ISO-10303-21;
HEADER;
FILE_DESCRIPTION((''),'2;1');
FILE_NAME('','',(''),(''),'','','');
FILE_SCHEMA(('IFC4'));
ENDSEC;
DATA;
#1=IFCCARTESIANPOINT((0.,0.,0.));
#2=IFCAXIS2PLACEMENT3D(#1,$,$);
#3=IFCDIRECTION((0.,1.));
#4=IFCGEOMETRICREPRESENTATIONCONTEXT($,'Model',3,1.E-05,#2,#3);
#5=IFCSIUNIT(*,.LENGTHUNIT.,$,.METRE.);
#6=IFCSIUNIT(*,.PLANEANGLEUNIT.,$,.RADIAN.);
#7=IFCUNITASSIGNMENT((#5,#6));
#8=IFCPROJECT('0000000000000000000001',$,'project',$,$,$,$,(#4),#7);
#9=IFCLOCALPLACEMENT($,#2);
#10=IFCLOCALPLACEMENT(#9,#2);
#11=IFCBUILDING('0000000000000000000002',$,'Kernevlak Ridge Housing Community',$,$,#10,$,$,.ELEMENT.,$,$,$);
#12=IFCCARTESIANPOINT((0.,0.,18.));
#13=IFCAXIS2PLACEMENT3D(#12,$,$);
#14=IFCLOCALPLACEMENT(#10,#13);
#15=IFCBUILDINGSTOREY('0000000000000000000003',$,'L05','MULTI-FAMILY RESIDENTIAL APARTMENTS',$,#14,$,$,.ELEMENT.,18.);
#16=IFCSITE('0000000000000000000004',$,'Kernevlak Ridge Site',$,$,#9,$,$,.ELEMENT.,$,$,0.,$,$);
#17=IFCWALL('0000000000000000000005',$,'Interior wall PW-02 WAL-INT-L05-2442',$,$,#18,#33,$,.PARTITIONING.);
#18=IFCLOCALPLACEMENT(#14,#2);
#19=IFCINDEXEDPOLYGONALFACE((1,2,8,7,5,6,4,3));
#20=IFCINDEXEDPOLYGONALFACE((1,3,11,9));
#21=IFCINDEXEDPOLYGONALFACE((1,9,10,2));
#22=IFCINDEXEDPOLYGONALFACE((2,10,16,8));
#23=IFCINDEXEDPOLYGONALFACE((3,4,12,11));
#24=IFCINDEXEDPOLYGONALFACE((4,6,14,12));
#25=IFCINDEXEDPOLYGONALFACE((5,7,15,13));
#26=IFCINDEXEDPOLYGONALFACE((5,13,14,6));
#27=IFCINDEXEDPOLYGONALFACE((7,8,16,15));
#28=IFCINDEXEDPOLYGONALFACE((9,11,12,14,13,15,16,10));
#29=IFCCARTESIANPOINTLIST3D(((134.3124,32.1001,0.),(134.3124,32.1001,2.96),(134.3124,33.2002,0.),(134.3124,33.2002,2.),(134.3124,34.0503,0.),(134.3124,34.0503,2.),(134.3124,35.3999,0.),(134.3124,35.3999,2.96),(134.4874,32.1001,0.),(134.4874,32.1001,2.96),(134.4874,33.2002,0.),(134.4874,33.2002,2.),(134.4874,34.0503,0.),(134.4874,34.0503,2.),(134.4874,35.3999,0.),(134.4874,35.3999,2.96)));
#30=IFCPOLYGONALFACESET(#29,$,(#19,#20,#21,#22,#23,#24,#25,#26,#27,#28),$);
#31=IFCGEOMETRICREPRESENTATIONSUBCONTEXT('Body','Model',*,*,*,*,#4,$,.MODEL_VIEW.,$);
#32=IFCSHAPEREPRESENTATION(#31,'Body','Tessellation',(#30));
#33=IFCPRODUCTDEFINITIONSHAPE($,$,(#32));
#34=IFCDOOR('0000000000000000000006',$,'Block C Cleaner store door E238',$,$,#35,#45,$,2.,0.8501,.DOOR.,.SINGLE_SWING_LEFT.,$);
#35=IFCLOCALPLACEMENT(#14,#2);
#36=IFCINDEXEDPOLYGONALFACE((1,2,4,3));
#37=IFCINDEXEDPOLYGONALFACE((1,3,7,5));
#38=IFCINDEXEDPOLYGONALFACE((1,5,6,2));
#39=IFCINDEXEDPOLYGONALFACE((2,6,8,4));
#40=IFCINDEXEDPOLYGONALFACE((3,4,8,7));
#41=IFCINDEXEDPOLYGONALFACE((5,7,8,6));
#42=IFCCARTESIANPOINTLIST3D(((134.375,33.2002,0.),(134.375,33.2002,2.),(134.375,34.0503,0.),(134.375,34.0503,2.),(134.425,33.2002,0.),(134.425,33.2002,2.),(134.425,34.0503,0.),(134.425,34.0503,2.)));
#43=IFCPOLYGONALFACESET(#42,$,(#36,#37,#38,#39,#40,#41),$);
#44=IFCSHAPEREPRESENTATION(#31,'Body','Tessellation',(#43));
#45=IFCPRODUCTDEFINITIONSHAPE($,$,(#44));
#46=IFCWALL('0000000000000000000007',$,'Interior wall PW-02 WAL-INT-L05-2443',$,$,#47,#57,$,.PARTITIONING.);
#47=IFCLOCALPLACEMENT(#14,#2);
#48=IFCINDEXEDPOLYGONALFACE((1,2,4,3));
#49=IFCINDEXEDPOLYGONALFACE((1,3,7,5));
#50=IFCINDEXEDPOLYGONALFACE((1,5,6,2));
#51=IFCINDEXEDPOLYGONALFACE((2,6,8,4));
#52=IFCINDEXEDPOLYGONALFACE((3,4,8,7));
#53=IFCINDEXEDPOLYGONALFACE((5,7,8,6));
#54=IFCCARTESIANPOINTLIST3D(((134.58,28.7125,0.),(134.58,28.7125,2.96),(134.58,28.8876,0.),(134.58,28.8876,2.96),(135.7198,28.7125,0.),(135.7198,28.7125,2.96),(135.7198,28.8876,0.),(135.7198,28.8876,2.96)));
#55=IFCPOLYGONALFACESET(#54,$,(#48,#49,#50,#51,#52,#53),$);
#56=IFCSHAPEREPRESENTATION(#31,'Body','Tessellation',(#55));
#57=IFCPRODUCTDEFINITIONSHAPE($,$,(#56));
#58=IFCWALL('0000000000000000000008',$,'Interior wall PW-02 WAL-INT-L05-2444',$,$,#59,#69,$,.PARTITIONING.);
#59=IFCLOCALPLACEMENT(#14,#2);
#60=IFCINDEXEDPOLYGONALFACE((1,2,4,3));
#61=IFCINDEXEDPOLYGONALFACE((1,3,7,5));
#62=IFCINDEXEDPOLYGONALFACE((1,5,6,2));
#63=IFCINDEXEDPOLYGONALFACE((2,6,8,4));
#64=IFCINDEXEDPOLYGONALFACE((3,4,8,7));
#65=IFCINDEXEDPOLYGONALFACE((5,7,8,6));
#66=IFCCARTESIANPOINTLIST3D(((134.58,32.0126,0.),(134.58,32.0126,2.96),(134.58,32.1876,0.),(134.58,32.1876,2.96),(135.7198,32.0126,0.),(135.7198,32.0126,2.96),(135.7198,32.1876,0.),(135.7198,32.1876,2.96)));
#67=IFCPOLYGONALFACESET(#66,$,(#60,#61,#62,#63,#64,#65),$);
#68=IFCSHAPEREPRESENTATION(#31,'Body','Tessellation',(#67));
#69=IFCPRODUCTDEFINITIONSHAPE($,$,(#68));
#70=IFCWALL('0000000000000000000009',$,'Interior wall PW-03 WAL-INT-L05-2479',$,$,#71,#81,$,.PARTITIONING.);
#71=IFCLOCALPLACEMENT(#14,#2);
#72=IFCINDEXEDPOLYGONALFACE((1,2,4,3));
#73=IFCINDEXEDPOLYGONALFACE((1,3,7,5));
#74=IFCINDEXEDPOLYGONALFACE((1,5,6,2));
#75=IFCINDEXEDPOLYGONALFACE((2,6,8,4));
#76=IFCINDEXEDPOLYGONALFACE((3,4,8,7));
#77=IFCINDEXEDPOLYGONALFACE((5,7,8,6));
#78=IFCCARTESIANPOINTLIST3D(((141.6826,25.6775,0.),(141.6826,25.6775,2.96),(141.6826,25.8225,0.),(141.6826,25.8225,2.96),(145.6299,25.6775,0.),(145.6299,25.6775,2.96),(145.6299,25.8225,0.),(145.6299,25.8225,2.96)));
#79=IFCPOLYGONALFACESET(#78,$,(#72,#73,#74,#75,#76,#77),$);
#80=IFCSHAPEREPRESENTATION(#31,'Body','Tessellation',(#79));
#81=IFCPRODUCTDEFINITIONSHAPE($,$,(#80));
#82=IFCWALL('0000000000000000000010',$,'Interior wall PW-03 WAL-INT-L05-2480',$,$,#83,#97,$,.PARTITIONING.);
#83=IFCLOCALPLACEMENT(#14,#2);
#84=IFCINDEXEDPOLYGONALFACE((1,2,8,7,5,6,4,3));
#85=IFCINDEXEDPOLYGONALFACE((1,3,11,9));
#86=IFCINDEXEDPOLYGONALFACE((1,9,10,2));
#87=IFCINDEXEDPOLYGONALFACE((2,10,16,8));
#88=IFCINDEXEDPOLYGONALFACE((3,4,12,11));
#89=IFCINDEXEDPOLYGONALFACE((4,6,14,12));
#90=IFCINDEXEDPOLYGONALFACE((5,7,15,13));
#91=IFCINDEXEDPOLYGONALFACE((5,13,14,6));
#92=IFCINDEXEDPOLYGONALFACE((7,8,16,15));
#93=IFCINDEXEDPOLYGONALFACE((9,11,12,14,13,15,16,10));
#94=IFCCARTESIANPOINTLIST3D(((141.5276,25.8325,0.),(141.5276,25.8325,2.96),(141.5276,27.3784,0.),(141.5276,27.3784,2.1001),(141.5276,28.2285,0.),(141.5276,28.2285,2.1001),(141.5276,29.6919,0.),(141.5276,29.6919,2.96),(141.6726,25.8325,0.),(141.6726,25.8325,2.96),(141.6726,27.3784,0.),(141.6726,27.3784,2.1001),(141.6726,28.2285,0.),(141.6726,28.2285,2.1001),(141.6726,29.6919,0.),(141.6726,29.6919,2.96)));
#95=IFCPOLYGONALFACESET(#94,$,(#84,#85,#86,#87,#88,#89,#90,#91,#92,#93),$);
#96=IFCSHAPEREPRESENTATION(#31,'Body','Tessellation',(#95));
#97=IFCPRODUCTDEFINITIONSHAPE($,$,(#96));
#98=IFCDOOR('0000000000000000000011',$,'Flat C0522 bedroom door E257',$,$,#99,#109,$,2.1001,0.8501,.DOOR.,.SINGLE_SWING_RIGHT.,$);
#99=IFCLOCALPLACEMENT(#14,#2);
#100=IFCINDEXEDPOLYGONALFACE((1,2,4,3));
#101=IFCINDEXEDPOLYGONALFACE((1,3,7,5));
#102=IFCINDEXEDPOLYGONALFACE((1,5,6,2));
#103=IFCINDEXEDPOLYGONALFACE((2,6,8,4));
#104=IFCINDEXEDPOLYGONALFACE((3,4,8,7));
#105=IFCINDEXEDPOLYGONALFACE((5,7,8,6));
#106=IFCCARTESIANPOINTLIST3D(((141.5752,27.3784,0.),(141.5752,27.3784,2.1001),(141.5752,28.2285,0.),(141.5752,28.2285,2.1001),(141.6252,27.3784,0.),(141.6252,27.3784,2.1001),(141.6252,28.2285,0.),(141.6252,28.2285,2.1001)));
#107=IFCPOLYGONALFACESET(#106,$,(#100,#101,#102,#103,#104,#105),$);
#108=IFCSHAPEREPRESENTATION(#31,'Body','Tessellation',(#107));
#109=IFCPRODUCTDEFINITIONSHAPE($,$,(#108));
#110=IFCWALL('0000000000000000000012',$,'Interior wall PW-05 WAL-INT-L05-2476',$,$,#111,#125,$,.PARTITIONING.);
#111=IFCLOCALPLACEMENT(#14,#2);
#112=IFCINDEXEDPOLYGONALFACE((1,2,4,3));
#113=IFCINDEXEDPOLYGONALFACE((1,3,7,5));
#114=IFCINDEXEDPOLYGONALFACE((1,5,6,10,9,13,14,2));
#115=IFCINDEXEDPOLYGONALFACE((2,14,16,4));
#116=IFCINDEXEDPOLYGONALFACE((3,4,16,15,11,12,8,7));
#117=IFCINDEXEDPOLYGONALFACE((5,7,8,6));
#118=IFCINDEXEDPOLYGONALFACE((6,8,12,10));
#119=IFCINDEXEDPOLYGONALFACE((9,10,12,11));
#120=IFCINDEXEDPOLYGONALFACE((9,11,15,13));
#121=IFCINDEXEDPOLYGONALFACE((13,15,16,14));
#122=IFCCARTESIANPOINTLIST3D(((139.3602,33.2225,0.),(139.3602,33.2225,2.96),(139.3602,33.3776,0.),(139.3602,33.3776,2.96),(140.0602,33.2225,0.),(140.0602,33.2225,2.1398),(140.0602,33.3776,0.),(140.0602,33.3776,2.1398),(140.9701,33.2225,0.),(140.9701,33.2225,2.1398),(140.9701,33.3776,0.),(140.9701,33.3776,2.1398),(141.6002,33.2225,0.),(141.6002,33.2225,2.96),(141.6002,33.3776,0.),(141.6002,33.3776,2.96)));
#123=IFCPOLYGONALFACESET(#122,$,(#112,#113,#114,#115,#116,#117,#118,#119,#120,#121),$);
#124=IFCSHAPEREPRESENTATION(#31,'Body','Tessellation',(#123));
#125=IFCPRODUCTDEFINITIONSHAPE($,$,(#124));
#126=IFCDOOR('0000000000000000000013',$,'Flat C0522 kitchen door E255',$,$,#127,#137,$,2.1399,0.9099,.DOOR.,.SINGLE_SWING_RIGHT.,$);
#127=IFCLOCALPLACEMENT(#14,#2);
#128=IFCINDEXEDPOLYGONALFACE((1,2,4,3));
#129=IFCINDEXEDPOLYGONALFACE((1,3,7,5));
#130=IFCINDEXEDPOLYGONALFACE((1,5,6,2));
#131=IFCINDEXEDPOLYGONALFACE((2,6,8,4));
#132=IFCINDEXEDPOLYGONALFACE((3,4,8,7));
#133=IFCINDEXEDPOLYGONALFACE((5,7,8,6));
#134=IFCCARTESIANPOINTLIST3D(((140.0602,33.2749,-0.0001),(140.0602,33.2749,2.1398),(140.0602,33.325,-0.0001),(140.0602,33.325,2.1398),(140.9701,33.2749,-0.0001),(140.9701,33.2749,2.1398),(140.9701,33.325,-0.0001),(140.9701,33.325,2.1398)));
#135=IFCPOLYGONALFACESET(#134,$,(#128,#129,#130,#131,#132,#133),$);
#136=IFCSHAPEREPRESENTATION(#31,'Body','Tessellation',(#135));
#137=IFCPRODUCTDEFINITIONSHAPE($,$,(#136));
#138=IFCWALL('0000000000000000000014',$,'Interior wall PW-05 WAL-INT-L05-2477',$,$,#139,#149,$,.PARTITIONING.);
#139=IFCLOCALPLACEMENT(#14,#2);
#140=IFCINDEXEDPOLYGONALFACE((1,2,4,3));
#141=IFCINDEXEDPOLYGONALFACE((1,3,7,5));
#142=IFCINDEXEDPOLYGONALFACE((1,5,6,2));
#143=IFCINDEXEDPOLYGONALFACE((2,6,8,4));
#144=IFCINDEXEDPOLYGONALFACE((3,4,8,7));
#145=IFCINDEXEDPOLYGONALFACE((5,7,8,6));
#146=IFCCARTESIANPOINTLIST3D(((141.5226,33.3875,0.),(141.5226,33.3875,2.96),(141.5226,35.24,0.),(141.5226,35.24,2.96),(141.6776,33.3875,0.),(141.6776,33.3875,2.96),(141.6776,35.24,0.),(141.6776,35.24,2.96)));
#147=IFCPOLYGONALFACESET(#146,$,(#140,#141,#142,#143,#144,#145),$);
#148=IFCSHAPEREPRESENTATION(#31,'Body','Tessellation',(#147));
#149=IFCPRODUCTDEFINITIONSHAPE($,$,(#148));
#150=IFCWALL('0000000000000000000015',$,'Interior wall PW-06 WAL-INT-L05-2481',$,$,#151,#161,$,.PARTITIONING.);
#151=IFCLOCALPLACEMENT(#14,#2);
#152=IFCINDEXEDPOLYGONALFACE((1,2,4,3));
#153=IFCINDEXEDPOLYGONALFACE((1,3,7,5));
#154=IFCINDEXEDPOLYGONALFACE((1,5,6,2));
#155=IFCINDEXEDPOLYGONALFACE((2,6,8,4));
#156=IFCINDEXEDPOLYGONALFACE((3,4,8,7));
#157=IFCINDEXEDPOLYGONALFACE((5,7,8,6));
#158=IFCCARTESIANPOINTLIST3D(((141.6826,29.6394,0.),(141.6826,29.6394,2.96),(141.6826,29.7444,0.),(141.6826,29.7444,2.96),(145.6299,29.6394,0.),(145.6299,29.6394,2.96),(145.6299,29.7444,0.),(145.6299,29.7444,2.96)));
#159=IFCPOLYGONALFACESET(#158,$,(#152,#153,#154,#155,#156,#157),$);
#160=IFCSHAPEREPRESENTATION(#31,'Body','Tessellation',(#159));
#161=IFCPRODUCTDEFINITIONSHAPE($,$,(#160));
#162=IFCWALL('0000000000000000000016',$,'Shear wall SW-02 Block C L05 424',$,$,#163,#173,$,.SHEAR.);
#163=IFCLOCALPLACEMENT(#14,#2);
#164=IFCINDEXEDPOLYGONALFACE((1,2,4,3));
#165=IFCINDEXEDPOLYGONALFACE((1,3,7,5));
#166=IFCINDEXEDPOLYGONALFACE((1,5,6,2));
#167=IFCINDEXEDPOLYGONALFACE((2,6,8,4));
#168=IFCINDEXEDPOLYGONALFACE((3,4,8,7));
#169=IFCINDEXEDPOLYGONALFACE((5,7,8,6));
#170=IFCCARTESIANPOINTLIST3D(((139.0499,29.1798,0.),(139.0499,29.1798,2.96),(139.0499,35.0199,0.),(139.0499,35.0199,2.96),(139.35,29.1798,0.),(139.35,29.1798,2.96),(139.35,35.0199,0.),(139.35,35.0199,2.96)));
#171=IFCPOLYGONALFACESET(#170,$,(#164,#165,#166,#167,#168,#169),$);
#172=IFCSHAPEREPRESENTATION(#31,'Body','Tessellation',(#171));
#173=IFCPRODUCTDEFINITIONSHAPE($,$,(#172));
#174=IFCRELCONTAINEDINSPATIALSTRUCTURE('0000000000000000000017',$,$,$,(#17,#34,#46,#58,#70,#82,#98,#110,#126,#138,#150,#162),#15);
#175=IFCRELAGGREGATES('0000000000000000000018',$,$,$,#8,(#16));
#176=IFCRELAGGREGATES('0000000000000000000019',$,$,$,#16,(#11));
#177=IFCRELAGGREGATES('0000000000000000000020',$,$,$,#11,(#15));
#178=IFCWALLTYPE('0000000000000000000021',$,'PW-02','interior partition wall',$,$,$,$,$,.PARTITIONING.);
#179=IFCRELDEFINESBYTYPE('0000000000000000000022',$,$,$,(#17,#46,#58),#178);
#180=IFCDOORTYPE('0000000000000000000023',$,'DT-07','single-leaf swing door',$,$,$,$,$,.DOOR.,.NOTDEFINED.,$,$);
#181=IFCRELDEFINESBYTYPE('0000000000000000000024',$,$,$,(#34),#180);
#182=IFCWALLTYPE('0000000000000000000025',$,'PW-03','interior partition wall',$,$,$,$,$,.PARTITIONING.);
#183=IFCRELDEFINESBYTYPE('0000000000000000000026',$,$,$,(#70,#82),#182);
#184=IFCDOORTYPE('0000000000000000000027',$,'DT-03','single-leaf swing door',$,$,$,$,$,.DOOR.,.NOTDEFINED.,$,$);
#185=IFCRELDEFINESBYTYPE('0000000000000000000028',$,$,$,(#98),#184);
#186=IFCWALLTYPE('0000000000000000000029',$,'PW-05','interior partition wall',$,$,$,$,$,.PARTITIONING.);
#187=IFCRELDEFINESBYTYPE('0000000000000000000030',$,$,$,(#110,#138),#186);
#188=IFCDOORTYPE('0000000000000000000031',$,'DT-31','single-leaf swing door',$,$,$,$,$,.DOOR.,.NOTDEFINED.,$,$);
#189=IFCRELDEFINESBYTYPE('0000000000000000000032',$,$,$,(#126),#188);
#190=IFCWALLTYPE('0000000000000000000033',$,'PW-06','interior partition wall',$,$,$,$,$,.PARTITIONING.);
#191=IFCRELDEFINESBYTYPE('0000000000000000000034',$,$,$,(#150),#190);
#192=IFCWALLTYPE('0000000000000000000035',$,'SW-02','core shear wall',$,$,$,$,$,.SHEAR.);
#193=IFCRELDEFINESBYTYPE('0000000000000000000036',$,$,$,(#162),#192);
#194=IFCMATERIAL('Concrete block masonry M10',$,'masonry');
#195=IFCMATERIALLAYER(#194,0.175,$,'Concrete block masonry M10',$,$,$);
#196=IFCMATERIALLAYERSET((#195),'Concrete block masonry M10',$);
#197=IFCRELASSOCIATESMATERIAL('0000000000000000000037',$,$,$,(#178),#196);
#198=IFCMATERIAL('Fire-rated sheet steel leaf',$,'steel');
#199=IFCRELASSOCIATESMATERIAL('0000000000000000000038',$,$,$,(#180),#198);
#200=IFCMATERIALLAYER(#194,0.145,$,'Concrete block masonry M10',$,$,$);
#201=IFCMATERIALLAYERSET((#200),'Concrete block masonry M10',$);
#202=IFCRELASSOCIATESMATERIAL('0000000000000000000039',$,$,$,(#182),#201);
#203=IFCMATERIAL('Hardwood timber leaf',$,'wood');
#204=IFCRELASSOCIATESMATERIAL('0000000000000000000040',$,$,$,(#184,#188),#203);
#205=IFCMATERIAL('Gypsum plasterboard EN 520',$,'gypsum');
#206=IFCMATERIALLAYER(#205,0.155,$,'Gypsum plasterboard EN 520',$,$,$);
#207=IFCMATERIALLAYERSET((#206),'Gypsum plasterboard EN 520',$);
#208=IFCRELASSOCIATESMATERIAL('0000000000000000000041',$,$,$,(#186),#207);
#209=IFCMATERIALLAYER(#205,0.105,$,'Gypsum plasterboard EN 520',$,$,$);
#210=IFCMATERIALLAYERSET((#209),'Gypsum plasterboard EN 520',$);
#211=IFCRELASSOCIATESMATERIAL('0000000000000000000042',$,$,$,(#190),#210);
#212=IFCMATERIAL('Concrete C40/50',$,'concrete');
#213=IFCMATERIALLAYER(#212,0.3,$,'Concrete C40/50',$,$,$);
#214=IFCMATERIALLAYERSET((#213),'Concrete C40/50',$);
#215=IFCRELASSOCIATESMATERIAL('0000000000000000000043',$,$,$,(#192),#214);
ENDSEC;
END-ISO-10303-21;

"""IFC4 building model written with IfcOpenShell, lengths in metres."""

from ifc_helpers import new_model, si_unit, direction, frame, frame_2d, origin, place, context, subcontext, project, spatial, rectangle, extrude, material, layer, layer_set, type_object, element, fill, save


model = new_model("IFC4")

# Units and contexts
model_context = context("Model", 3, precision=1e-05, world=origin(), true_north=direction((0.0, 1.0)))
body_context = subcontext(model_context, "Body", "Model", "MODEL_VIEW")
ifc_project = project(units=[si_unit("LENGTHUNIT", "METRE"), si_unit("PLANEANGLEUNIT", "RADIAN")], contexts=[model_context])

# Site, building, storey
site_placement = place(None, origin())
site = spatial("IfcSite", under=ifc_project, at=site_placement, Name="Kernevlak Ridge Site", CompositionType="ELEMENT", RefElevation=0.0)
building_placement = place(site_placement, origin())
building = spatial("IfcBuilding", under=site, at=building_placement, Name="Kernevlak Ridge Housing Community", CompositionType="ELEMENT")
storey_placement = place(building_placement, frame((0.0, 0.0, 18.0)))
storey = spatial("IfcBuildingStorey", under=building, at=storey_placement, Name="L05", Description="MULTI-FAMILY RESIDENTIAL APARTMENTS", CompositionType="ELEMENT", Elevation=18.0)

# Shared definitions
ifc_material_1 = material(Name="Concrete block masonry M10", Category="masonry")

# Wall, opening, door
ifc_material_2 = material(Name="Fire-rated sheet steel leaf", Category="steel")
ifc_layer_1 = layer(ifc_material_1, 0.175, Name="Concrete block masonry M10")
ifc_layer_set_1 = layer_set([ifc_layer_1], Name="Concrete block masonry M10")
wall_type_1 = type_object("IfcWallType", Name="PW-02", Description="interior partition wall", PredefinedType="PARTITIONING", material=ifc_layer_set_1)
wall_1_placement = place(storey_placement, frame((134.3999, 32.1001, 0.0), z_axis=(0.0, 0.0, 1.0), x_axis=(0.0, 1.0, 0.0)))
wall_1 = element("IfcWall", 1, at=wall_1_placement, inside=storey, type_object=wall_type_1, Name="Interior wall PW-02 WAL-INT-L05-2442", PredefinedType="PARTITIONING", context=body_context, shape_type="SweptSolid", body=[
    extrude(rectangle(XDim=3.2998, YDim=0.175, at=frame_2d((1.6499, 0.0))), origin(), (0.0, 0.0, 1.0), 2.96),
])
opening_1_placement = place(wall_1_placement, frame((1.1001, 0.0, 0.0)))
opening_1 = element("IfcOpeningElement", 2, at=opening_1_placement, cuts=wall_1, PredefinedType="OPENING", context=body_context, shape_type="SweptSolid", body=[
    extrude(rectangle(XDim=0.8501, YDim=2.0, at=frame_2d((0.425, 1.0))), frame((0.0, 0.0974, 0.0), z_axis=(0.0, -1.0, 0.0), x_axis=(1.0, 0.0, 0.0)), (0.0, 0.0, 1.0), 0.1951),
])
door_type_1 = type_object("IfcDoorType", Name="DT-07", Description="single-leaf swing door", OperationType="NOTDEFINED", PredefinedType="DOOR", material=ifc_material_2)
door_1_placement = place(opening_1_placement, origin())
door_1 = element("IfcDoor", 3, at=door_1_placement, inside=storey, type_object=door_type_1, Name="Block C Cleaner store door E238", OperationType="SINGLE_SWING_LEFT", OverallHeight=2.0, OverallWidth=0.8501, PredefinedType="DOOR", context=body_context, shape_type="SweptSolid", body=[
    extrude(rectangle(XDim=0.8501, YDim=2.0, at=frame_2d((0.425, 1.0))), frame((0.0, 0.0249, 0.0), z_axis=(0.0, -1.0, 0.0), x_axis=(1.0, 0.0, 0.0)), (0.0, 0.0, 1.0), 0.05),
])
fill(opening_1, door_1)

# Walls
for number, where, z_axis, x_axis, name in (
    (4, (134.5801, 28.8, 0.0), (0.0, 0.0, 1.0), (1.0, 0.0, 0.0), "Interior wall PW-02 WAL-INT-L05-2443"),
    (5, (134.5801, 32.1001, 0.0), (0.0, 0.0, 1.0), (1.0, 0.0, 0.0), "Interior wall PW-02 WAL-INT-L05-2444"),
):
    element("IfcWall", number, at=place(storey_placement, frame(where, z_axis=z_axis, x_axis=x_axis)), inside=storey, type_object=wall_type_1, Name=name, PredefinedType="PARTITIONING", context=body_context, shape_type="SweptSolid", body=[
        extrude(rectangle(XDim=1.1399, YDim=0.175, at=frame_2d((0.5698, 0.0))), origin(), (0.0, 0.0, 1.0), 2.96),
    ])
ifc_layer_2 = layer(ifc_material_1, 0.145, Name="Concrete block masonry M10")
ifc_layer_set_2 = layer_set([ifc_layer_2], Name="Concrete block masonry M10")
wall_type_2 = type_object("IfcWallType", Name="PW-03", Description="interior partition wall", PredefinedType="PARTITIONING", material=ifc_layer_set_2)
wall_2_placement = place(storey_placement, frame((141.6826, 25.75, 0.0), z_axis=(0.0, 0.0, 1.0), x_axis=(1.0, 0.0, 0.0)))
element("IfcWall", 6, at=wall_2_placement, inside=storey, type_object=wall_type_2, Name="Interior wall PW-03 WAL-INT-L05-2479", PredefinedType="PARTITIONING", context=body_context, shape_type="SweptSolid", body=[
    extrude(rectangle(XDim=3.9473, YDim=0.145, at=frame_2d((1.9736, 0.0))), origin(), (0.0, 0.0, 1.0), 2.96),
])

# Walls, openings, doors
wall_3_placement = place(storey_placement, frame((141.6001, 25.8325, 0.0), z_axis=(0.0, 0.0, 1.0), x_axis=(0.0, 1.0, 0.0)))
wall_3 = element("IfcWall", 7, at=wall_3_placement, inside=storey, type_object=wall_type_2, Name="Interior wall PW-03 WAL-INT-L05-2480", PredefinedType="PARTITIONING", context=body_context, shape_type="SweptSolid", body=[
    extrude(rectangle(XDim=3.8594, YDim=0.145, at=frame_2d((1.9297, 0.0))), origin(), (0.0, 0.0, 1.0), 2.96),
])
opening_2_placement = place(wall_3_placement, frame((1.5459, 0.0, 0.0)))
opening_2 = element("IfcOpeningElement", 8, at=opening_2_placement, cuts=wall_3, PredefinedType="OPENING", context=body_context, shape_type="SweptSolid", body=[
    extrude(rectangle(XDim=0.8501, YDim=2.1001, at=frame_2d((0.425, 1.05))), frame((0.0, 0.0825, 0.0), z_axis=(0.0, -1.0, 0.0), x_axis=(1.0, 0.0, 0.0)), (0.0, 0.0, 1.0), 0.165),
])
ifc_material_3 = material(Name="Hardwood timber leaf", Category="wood")
door_type_2 = type_object("IfcDoorType", Name="DT-03", Description="single-leaf swing door", OperationType="NOTDEFINED", PredefinedType="DOOR", material=ifc_material_3)
door_2_placement = place(opening_2_placement, origin())
door_2 = element("IfcDoor", 9, at=door_2_placement, inside=storey, type_object=door_type_2, Name="Flat C0522 bedroom door E257", OperationType="SINGLE_SWING_RIGHT", OverallHeight=2.1001, OverallWidth=0.8501, PredefinedType="DOOR", context=body_context, shape_type="SweptSolid", body=[
    extrude(rectangle(XDim=0.8501, YDim=2.1001, at=frame_2d((0.425, 1.05))), frame((0.0, 0.0249, 0.0), z_axis=(0.0, -1.0, 0.0), x_axis=(1.0, 0.0, 0.0)), (0.0, 0.0, 1.0), 0.05),
])
fill(opening_2, door_2)
ifc_material_4 = material(Name="Gypsum plasterboard EN 520", Category="gypsum")
ifc_layer_3 = layer(ifc_material_4, 0.155, Name="Gypsum plasterboard EN 520")
ifc_layer_set_3 = layer_set([ifc_layer_3], Name="Gypsum plasterboard EN 520")
wall_type_3 = type_object("IfcWallType", Name="PW-05", Description="interior partition wall", PredefinedType="PARTITIONING", material=ifc_layer_set_3)
wall_4_placement = place(storey_placement, frame((139.3601, 33.3, 0.0), z_axis=(0.0, 0.0, 1.0), x_axis=(1.0, 0.0, 0.0)))
wall_4 = element("IfcWall", 10, at=wall_4_placement, inside=storey, type_object=wall_type_3, Name="Interior wall PW-05 WAL-INT-L05-2476", PredefinedType="PARTITIONING", context=body_context, shape_type="SweptSolid", body=[
    extrude(rectangle(XDim=2.24, YDim=0.155, at=frame_2d((1.1201, 0.0))), origin(), (0.0, 0.0, 1.0), 2.96),
])
opening_3_placement = place(wall_4_placement, frame((0.7, 0.0, 0.0)))
opening_3 = element("IfcOpeningElement", 11, at=opening_3_placement, cuts=wall_4, PredefinedType="OPENING", context=body_context, shape_type="SweptSolid", body=[
    extrude(rectangle(XDim=0.9099, YDim=2.1399, at=frame_2d((0.4551, 1.0698))), frame((0.0, 0.0874, 0.0), z_axis=(0.0, -1.0, 0.0), x_axis=(1.0, 0.0, 0.0)), (0.0, 0.0, 1.0), 0.175),
])
door_type_3 = type_object("IfcDoorType", Name="DT-31", Description="single-leaf swing door", OperationType="NOTDEFINED", PredefinedType="DOOR", material=ifc_material_3)
door_3_placement = place(opening_3_placement, origin())
door_3 = element("IfcDoor", 12, at=door_3_placement, inside=storey, type_object=door_type_3, Name="Flat C0522 kitchen door E255", OperationType="SINGLE_SWING_RIGHT", OverallHeight=2.1399, OverallWidth=0.9099, PredefinedType="DOOR", context=body_context, shape_type="SweptSolid", body=[
    extrude(rectangle(XDim=0.9099, YDim=2.1399, at=frame_2d((0.4551, 1.0698))), frame((0.0, 0.0249, 0.0), z_axis=(0.0, -1.0, 0.0), x_axis=(1.0, 0.0, 0.0)), (0.0, 0.0, 1.0), 0.05),
])
fill(opening_3, door_3)

# Walls
wall_5_placement = place(storey_placement, frame((141.6001, 33.3875, 0.0), z_axis=(0.0, 0.0, 1.0), x_axis=(0.0, 1.0, 0.0)))
element("IfcWall", 13, at=wall_5_placement, inside=storey, type_object=wall_type_3, Name="Interior wall PW-05 WAL-INT-L05-2477", PredefinedType="PARTITIONING", context=body_context, shape_type="SweptSolid", body=[
    extrude(rectangle(XDim=1.8525, YDim=0.155, at=frame_2d((0.9263, 0.0))), origin(), (0.0, 0.0, 1.0), 2.96),
])
ifc_layer_4 = layer(ifc_material_4, 0.105, Name="Gypsum plasterboard EN 520")
ifc_layer_set_4 = layer_set([ifc_layer_4], Name="Gypsum plasterboard EN 520")
wall_type_4 = type_object("IfcWallType", Name="PW-06", Description="interior partition wall", PredefinedType="PARTITIONING", material=ifc_layer_set_4)
wall_6_placement = place(storey_placement, frame((141.6826, 29.6919, 0.0), z_axis=(0.0, 0.0, 1.0), x_axis=(1.0, 0.0, 0.0)))
element("IfcWall", 14, at=wall_6_placement, inside=storey, type_object=wall_type_4, Name="Interior wall PW-06 WAL-INT-L05-2481", PredefinedType="PARTITIONING", context=body_context, shape_type="SweptSolid", body=[
    extrude(rectangle(XDim=3.9473, YDim=0.105, at=frame_2d((1.9736, 0.0))), origin(), (0.0, 0.0, 1.0), 2.96),
])
ifc_material_5 = material(Name="Concrete C40/50", Category="concrete")
ifc_layer_5 = layer(ifc_material_5, 0.3, Name="Concrete C40/50")
ifc_layer_set_5 = layer_set([ifc_layer_5], Name="Concrete C40/50")
wall_type_5 = type_object("IfcWallType", Name="SW-02", Description="core shear wall", PredefinedType="SHEAR", material=ifc_layer_set_5)
wall_7_placement = place(storey_placement, frame((139.2, 29.1799, 0.0), z_axis=(0.0, 0.0, 1.0), x_axis=(0.0, 1.0, 0.0)))
element("IfcWall", 15, at=wall_7_placement, inside=storey, type_object=wall_type_5, Name="Shear wall SW-02 Block C L05 424", PredefinedType="SHEAR", context=body_context, shape_type="SweptSolid", body=[
    extrude(rectangle(XDim=5.8401, YDim=0.3, at=frame_2d((2.9199, 0.0))), origin(), (0.0, 0.0, 1.0), 2.96),
])

save(model, "model.ifc")
